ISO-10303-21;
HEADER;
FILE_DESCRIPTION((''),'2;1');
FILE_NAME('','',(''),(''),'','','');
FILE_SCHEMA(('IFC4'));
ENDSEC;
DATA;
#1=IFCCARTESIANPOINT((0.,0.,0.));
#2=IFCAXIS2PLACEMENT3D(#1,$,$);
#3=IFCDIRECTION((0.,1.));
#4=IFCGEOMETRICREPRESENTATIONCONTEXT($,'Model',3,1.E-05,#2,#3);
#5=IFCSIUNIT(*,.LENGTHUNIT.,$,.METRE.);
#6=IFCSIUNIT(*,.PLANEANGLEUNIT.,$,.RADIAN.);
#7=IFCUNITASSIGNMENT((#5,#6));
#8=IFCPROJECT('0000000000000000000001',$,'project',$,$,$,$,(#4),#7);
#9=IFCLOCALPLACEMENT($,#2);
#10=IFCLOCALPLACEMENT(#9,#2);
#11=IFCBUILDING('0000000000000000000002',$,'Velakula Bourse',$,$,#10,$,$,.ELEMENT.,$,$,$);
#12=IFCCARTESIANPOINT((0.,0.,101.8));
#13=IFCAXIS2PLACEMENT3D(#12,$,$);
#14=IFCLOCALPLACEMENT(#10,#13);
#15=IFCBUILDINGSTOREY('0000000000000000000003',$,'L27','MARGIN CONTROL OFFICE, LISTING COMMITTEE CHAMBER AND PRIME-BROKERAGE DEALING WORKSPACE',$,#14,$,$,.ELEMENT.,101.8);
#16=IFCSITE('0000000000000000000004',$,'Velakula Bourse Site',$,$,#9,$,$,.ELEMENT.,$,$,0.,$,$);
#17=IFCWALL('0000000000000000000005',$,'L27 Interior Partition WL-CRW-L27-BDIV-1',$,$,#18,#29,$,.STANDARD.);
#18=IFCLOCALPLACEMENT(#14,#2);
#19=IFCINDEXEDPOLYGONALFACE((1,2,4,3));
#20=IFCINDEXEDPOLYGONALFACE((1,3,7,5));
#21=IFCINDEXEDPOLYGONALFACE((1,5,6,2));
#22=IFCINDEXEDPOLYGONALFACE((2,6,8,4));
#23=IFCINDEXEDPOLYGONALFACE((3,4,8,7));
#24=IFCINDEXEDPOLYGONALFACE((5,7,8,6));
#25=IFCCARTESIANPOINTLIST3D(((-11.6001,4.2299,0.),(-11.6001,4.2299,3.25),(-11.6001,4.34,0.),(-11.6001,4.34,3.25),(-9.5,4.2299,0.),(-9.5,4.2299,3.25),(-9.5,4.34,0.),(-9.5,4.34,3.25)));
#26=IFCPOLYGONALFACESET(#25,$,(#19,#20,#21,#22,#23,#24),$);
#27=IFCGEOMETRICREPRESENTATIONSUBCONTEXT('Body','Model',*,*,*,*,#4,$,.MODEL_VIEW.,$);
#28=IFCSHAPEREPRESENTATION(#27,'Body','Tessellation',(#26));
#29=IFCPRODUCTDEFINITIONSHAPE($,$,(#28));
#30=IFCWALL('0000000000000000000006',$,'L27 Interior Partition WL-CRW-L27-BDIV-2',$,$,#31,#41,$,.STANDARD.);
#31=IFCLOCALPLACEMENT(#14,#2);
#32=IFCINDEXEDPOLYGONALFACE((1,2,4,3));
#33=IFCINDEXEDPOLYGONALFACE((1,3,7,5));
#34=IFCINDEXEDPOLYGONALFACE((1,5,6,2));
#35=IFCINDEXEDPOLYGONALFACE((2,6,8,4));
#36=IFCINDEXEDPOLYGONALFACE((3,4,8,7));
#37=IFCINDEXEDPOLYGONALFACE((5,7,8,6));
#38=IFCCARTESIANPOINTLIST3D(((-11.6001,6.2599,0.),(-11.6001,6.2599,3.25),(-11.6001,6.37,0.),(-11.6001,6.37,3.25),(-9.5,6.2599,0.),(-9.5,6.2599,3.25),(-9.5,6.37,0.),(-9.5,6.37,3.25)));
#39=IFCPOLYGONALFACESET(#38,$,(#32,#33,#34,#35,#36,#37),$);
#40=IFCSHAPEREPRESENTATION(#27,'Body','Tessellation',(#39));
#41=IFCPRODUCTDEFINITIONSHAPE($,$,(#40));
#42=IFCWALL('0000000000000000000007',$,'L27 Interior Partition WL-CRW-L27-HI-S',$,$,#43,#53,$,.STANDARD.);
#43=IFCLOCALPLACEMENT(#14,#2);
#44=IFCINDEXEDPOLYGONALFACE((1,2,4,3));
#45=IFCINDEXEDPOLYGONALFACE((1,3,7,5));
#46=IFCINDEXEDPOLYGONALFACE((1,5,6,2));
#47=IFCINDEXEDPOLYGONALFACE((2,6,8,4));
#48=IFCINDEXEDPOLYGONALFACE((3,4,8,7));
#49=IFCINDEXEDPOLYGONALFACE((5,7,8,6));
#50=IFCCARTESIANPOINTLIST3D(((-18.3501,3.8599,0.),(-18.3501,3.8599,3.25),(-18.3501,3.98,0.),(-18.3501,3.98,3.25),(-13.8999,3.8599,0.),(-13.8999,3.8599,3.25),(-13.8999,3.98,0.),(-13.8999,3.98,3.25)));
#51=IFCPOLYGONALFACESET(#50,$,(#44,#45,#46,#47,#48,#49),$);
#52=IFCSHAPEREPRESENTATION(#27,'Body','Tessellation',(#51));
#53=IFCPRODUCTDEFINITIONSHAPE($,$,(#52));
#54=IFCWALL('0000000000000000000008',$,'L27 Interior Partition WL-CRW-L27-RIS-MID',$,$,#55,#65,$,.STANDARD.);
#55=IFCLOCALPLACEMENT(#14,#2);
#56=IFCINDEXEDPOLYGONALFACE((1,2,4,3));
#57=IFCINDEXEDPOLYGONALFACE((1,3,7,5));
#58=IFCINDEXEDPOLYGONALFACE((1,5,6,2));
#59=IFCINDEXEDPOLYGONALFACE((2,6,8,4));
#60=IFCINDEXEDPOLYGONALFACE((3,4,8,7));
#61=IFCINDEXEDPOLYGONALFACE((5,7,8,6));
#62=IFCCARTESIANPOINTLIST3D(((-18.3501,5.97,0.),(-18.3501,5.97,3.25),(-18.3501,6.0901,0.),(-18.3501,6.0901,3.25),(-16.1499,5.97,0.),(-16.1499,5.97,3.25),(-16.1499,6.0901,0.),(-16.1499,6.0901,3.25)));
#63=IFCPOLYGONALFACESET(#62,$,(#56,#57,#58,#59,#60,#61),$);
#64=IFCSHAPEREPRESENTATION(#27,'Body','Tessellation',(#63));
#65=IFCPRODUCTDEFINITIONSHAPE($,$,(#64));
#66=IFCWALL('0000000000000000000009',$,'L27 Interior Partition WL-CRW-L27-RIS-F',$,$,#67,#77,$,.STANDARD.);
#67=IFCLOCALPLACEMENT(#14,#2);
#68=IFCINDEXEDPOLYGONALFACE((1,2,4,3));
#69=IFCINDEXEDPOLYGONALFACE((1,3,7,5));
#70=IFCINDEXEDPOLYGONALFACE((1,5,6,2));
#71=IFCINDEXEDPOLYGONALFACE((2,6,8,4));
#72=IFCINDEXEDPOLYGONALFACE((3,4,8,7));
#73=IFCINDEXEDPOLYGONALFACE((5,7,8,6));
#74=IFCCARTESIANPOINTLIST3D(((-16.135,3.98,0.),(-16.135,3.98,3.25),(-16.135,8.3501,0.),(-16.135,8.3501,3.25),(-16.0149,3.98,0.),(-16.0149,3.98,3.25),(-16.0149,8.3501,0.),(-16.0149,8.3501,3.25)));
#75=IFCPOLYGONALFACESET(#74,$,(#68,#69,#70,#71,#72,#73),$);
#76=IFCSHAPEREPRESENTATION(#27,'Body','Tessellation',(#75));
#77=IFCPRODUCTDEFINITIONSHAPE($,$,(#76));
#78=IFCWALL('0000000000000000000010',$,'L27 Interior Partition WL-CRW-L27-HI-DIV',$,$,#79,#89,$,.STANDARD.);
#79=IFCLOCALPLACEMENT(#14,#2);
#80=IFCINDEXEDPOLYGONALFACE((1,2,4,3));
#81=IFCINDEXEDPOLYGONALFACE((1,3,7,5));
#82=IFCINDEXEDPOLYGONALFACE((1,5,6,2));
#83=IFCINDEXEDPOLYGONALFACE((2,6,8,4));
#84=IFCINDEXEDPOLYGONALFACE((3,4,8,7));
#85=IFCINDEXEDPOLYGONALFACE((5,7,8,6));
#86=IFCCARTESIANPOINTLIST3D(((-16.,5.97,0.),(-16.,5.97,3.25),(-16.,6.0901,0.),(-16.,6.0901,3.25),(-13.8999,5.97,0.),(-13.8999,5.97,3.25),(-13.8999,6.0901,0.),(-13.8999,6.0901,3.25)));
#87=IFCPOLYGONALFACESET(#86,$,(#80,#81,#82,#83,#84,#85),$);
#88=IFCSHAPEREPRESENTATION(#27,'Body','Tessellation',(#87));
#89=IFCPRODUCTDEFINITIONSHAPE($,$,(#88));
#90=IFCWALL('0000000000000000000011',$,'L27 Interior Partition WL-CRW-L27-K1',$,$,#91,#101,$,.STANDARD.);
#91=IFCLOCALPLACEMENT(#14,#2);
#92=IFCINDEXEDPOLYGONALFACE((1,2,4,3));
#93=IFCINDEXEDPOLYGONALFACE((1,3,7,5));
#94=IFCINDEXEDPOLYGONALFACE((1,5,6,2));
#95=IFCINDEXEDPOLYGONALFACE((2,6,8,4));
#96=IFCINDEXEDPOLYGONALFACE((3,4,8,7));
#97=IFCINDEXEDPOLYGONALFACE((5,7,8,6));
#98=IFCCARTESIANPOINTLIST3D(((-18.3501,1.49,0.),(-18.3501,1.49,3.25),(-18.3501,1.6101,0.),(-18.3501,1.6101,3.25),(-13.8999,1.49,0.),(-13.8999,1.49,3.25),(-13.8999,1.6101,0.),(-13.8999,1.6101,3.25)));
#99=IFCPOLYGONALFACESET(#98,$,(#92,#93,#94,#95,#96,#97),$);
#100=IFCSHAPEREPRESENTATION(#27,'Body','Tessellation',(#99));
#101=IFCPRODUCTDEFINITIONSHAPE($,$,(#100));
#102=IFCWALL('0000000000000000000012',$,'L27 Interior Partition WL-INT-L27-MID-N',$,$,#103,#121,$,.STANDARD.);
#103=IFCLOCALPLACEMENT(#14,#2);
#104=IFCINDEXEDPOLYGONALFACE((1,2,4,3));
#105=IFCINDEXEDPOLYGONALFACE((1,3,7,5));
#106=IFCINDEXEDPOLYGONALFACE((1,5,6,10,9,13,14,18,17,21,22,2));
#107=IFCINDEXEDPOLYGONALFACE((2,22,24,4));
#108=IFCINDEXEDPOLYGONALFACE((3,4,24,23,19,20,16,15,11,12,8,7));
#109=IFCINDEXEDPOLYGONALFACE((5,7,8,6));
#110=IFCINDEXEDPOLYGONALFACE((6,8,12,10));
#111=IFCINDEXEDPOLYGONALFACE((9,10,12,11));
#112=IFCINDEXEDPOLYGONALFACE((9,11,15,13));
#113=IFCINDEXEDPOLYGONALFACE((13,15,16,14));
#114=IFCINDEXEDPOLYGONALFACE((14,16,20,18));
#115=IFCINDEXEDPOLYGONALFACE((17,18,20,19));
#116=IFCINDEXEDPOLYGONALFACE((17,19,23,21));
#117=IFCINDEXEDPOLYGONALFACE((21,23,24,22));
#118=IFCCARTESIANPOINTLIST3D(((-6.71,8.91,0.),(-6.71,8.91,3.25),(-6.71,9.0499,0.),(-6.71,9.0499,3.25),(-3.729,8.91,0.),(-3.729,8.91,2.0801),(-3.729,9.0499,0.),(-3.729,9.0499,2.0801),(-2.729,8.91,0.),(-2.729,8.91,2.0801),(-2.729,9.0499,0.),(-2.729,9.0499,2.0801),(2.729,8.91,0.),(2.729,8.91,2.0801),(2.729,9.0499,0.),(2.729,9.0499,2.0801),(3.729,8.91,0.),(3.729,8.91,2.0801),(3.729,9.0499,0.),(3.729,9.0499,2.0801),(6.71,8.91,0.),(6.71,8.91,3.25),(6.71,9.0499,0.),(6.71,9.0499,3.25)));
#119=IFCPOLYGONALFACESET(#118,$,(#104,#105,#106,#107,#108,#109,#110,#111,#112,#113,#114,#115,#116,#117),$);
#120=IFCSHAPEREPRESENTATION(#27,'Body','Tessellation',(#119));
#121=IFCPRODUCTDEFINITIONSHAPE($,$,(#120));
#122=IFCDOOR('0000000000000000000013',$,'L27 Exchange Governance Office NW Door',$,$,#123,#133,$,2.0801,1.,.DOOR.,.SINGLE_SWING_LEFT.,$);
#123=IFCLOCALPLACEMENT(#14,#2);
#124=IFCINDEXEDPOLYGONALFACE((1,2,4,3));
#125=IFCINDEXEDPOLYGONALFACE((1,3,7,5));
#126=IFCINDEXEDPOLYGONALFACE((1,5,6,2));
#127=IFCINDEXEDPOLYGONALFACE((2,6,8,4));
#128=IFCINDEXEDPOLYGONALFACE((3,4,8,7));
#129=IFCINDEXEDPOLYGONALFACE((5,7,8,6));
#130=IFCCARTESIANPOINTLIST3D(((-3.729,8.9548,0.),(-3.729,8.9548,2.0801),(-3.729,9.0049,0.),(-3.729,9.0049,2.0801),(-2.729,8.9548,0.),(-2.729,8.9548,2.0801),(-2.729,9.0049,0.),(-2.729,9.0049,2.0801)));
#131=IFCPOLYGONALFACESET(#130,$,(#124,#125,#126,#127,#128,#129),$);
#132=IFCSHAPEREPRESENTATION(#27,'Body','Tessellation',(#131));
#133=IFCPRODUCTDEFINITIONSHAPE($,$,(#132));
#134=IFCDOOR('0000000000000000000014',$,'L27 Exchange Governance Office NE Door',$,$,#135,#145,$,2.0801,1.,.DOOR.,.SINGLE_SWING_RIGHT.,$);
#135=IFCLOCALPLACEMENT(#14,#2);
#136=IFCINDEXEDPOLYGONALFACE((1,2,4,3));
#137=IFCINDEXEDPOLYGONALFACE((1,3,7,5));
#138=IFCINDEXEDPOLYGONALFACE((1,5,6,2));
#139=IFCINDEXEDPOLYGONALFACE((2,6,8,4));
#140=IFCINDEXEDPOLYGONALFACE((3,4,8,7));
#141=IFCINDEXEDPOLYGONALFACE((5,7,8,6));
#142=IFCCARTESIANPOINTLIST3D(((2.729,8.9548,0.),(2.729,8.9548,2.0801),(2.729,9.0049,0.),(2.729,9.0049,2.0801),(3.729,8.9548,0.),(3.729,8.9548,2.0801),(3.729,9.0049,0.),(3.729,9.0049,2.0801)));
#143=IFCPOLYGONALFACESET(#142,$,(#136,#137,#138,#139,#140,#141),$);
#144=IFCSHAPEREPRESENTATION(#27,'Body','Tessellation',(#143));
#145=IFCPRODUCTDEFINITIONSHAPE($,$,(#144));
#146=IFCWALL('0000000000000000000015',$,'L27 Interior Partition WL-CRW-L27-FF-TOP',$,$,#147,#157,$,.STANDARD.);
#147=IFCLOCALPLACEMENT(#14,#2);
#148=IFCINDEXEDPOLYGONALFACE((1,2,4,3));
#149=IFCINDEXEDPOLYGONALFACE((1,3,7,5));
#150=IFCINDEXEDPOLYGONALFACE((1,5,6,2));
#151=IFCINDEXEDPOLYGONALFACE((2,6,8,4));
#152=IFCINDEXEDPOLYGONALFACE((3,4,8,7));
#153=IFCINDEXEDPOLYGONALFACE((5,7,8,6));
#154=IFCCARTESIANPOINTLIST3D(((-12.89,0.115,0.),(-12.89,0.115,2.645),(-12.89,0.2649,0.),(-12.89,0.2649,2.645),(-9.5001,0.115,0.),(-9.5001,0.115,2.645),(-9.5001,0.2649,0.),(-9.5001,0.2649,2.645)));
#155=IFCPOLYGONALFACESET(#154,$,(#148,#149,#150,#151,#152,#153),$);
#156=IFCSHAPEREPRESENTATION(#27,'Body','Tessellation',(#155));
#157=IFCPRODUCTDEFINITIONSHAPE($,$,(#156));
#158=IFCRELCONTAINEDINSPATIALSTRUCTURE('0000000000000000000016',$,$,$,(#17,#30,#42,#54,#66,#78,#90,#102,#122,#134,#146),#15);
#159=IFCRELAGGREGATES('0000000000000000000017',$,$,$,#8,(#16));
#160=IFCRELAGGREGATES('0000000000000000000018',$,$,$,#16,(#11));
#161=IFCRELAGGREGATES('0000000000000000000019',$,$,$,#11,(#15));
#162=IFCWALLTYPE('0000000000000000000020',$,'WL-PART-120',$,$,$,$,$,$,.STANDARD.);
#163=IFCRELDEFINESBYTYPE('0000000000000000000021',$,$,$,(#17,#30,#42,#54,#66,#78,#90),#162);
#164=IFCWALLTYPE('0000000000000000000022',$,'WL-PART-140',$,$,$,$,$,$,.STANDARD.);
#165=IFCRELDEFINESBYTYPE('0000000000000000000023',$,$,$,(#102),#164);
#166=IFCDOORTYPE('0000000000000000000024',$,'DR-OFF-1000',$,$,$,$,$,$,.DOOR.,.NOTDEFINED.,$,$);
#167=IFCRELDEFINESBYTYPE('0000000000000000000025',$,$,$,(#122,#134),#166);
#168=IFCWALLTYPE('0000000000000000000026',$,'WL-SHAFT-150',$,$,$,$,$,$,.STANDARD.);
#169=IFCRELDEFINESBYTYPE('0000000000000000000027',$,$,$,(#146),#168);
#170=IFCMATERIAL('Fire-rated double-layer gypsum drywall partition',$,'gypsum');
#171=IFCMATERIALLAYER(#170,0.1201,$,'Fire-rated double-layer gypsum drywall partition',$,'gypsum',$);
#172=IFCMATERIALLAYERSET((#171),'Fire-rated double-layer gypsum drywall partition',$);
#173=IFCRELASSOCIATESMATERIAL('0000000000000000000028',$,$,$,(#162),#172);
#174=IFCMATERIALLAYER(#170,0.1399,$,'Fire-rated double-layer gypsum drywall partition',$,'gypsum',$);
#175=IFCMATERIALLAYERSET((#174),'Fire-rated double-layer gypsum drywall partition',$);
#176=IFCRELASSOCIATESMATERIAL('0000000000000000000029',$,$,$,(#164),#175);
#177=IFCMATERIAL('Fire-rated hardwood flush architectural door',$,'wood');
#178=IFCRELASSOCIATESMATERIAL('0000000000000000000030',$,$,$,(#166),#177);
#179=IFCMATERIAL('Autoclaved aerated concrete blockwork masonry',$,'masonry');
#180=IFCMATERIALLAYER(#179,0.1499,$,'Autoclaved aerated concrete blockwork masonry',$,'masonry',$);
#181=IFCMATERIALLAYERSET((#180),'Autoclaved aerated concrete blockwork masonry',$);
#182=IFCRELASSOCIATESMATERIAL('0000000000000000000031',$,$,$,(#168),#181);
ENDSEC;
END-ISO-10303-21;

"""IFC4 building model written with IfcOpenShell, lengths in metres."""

from ifc_helpers import new_model, si_unit, direction, frame, frame_2d, origin, place, context, subcontext, project, spatial, rectangle, extrude, material, layer, layer_set, type_object, element, fill, save


model = new_model("IFC4")

# Units and contexts
model_context = context("Model", 3, precision=1e-05, world=origin(), true_north=direction((0.0, 1.0)))
body_context = subcontext(model_context, "Body", "Model", "MODEL_VIEW")
ifc_project = project(units=[si_unit("LENGTHUNIT", "METRE"), si_unit("PLANEANGLEUNIT", "RADIAN")], contexts=[model_context])

# Site, building, storey
site_placement = place(None, origin())
site = spatial("IfcSite", under=ifc_project, at=site_placement, Name="Velakula Bourse Site", CompositionType="ELEMENT", RefElevation=0.0)
building_placement = place(site_placement, origin())
building = spatial("IfcBuilding", under=site, at=building_placement, Name="Velakula Bourse", CompositionType="ELEMENT")
storey_placement = place(building_placement, frame((0.0, 0.0, 101.8)))
storey = spatial("IfcBuildingStorey", under=building, at=storey_placement, Name="L27", Description="MARGIN CONTROL OFFICE, LISTING COMMITTEE CHAMBER AND PRIME-BROKERAGE DEALING WORKSPACE", CompositionType="ELEMENT", Elevation=101.8)

# Walls
ifc_material_1 = material(Name="Fire-rated double-layer gypsum drywall partition", Category="gypsum")
ifc_layer_1 = layer(ifc_material_1, 0.1201, Name="Fire-rated double-layer gypsum drywall partition", Category="gypsum")
ifc_layer_set_1 = layer_set([ifc_layer_1], Name="Fire-rated double-layer gypsum drywall partition")
wall_type_1 = type_object("IfcWallType", Name="WL-PART-120", PredefinedType="STANDARD", material=ifc_layer_set_1)
for number, where, z_axis, x_axis, name in (
    (1, (-11.6001, 4.2849, 0.0), (0.0, 0.0, 1.0), (1.0, 0.0, 0.0), "L27 Interior Partition WL-CRW-L27-BDIV-1"),
    (2, (-11.6001, 6.3149, 0.0), (0.0, 0.0, 1.0), (1.0, 0.0, 0.0), "L27 Interior Partition WL-CRW-L27-BDIV-2"),
):
    element("IfcWall", number, at=place(storey_placement, frame(where, z_axis=z_axis, x_axis=x_axis)), inside=storey, type_object=wall_type_1, Name=name, PredefinedType="STANDARD", context=body_context, shape_type="SweptSolid", body=[
        extrude(rectangle(XDim=2.1001, YDim=0.1101, at=frame_2d((1.05, 0.0))), origin(), (0.0, 0.0, 1.0), 3.25),
    ])
wall_1_placement = place(storey_placement, frame((-18.3501, 3.9199, 0.0), z_axis=(0.0, 0.0, 1.0), x_axis=(1.0, 0.0, 0.0)))
element("IfcWall", 3, at=wall_1_placement, inside=storey, type_object=wall_type_1, Name="L27 Interior Partition WL-CRW-L27-HI-S", PredefinedType="STANDARD", context=body_context, shape_type="SweptSolid", body=[
    extrude(rectangle(XDim=4.4502, YDim=0.1201, at=frame_2d((2.2251, 0.0))), origin(), (0.0, 0.0, 1.0), 3.25),
])
wall_2_placement = place(storey_placement, frame((-18.3501, 6.03, 0.0), z_axis=(0.0, 0.0, 1.0), x_axis=(1.0, 0.0, 0.0)))
element("IfcWall", 4, at=wall_2_placement, inside=storey, type_object=wall_type_1, Name="L27 Interior Partition WL-CRW-L27-RIS-MID", PredefinedType="STANDARD", context=body_context, shape_type="SweptSolid", body=[
    extrude(rectangle(XDim=2.2002, YDim=0.1201, at=frame_2d((1.1001, 0.0))), origin(), (0.0, 0.0, 1.0), 3.25),
])
wall_3_placement = place(storey_placement, frame((-16.075, 3.98, 0.0), z_axis=(0.0, 0.0, 1.0), x_axis=(0.0, 1.0, 0.0)))
element("IfcWall", 5, at=wall_3_placement, inside=storey, type_object=wall_type_1, Name="L27 Interior Partition WL-CRW-L27-RIS-F", PredefinedType="STANDARD", context=body_context, shape_type="SweptSolid", body=[
    extrude(rectangle(XDim=4.3701, YDim=0.1201, at=frame_2d((2.1851, 0.0))), origin(), (0.0, 0.0, 1.0), 3.25),
])
wall_4_placement = place(storey_placement, frame((-16.0, 6.03, 0.0), z_axis=(0.0, 0.0, 1.0), x_axis=(1.0, 0.0, 0.0)))
element("IfcWall", 6, at=wall_4_placement, inside=storey, type_object=wall_type_1, Name="L27 Interior Partition WL-CRW-L27-HI-DIV", PredefinedType="STANDARD", context=body_context, shape_type="SweptSolid", body=[
    extrude(rectangle(XDim=2.1001, YDim=0.1201, at=frame_2d((1.05, 0.0))), origin(), (0.0, 0.0, 1.0), 3.25),
])
wall_5_placement = place(storey_placement, frame((-18.3501, 1.55, 0.0), z_axis=(0.0, 0.0, 1.0), x_axis=(1.0, 0.0, 0.0)))
element("IfcWall", 7, at=wall_5_placement, inside=storey, type_object=wall_type_1, Name="L27 Interior Partition WL-CRW-L27-K1", PredefinedType="STANDARD", context=body_context, shape_type="SweptSolid", body=[
    extrude(rectangle(XDim=4.4502, YDim=0.1201, at=frame_2d((2.2251, 0.0))), origin(), (0.0, 0.0, 1.0), 3.25),
])

# Wall, openings, doors
ifc_layer_2 = layer(ifc_material_1, 0.1399, Name="Fire-rated double-layer gypsum drywall partition", Category="gypsum")
ifc_layer_set_2 = layer_set([ifc_layer_2], Name="Fire-rated double-layer gypsum drywall partition")
wall_type_2 = type_object("IfcWallType", Name="WL-PART-140", PredefinedType="STANDARD", material=ifc_layer_set_2)
wall_6_placement = place(storey_placement, frame((-6.71, 8.98, 0.0), z_axis=(0.0, 0.0, 1.0), x_axis=(1.0, 0.0, 0.0)))
wall_6 = element("IfcWall", 8, at=wall_6_placement, inside=storey, type_object=wall_type_2, Name="L27 Interior Partition WL-INT-L27-MID-N", PredefinedType="STANDARD", context=body_context, shape_type="SweptSolid", body=[
    extrude(rectangle(XDim=13.4199, YDim=0.1399, at=frame_2d((6.71, 0.0))), origin(), (0.0, 0.0, 1.0), 3.25),
])
opening_1_placement = place(wall_6_placement, frame((2.981, 0.0, 0.0)))
opening_1 = element("IfcOpeningElement", 9, at=opening_1_placement, cuts=wall_6, PredefinedType="OPENING", context=body_context, shape_type="SweptSolid", body=[
    extrude(rectangle(XDim=1.0, YDim=2.0801, at=frame_2d((0.5, 1.04))), frame((0.0, 0.0798, 0.0), z_axis=(0.0, -1.0, 0.0), x_axis=(1.0, 0.0, 0.0)), (0.0, 0.0, 1.0), 0.1599),
])
opening_2_placement = place(wall_6_placement, frame((9.439, 0.0, 0.0)))
opening_2 = element("IfcOpeningElement", 10, at=opening_2_placement, cuts=wall_6, PredefinedType="OPENING", context=body_context, shape_type="SweptSolid", body=[
    extrude(rectangle(XDim=1.0, YDim=2.0801, at=frame_2d((0.5, 1.04))), frame((0.0, 0.0798, 0.0), z_axis=(0.0, -1.0, 0.0), x_axis=(1.0, 0.0, 0.0)), (0.0, 0.0, 1.0), 0.1599),
])
ifc_material_2 = material(Name="Fire-rated hardwood flush architectural door", Category="wood")
door_type_1 = type_object("IfcDoorType", Name="DR-OFF-1000", OperationType="NOTDEFINED", PredefinedType="DOOR", material=ifc_material_2)
door_1_placement = place(opening_1_placement, origin())
door_1 = element("IfcDoor", 11, at=door_1_placement, inside=storey, type_object=door_type_1, Name="L27 Exchange Governance Office NW Door", OperationType="SINGLE_SWING_LEFT", OverallHeight=2.0801, OverallWidth=1.0, PredefinedType="DOOR", context=body_context, shape_type="SweptSolid", body=[
    extrude(rectangle(XDim=1.0, YDim=2.0801, at=frame_2d((0.5, 1.04))), frame((0.0, 0.0249, 0.0), z_axis=(0.0, -1.0, 0.0), x_axis=(1.0, 0.0, 0.0)), (0.0, 0.0, 1.0), 0.05),
])
fill(opening_1, door_1)
door_2_placement = place(opening_2_placement, origin())
door_2 = element("IfcDoor", 12, at=door_2_placement, inside=storey, type_object=door_type_1, Name="L27 Exchange Governance Office NE Door", OperationType="SINGLE_SWING_RIGHT", OverallHeight=2.0801, OverallWidth=1.0, PredefinedType="DOOR", context=body_context, shape_type="SweptSolid", body=[
    extrude(rectangle(XDim=1.0, YDim=2.0801, at=frame_2d((0.5, 1.04))), frame((0.0, 0.0249, 0.0), z_axis=(0.0, -1.0, 0.0), x_axis=(1.0, 0.0, 0.0)), (0.0, 0.0, 1.0), 0.05),
])
fill(opening_2, door_2)

# Wall
ifc_material_3 = material(Name="Autoclaved aerated concrete blockwork masonry", Category="masonry")
ifc_layer_3 = layer(ifc_material_3, 0.1499, Name="Autoclaved aerated concrete blockwork masonry", Category="masonry")
ifc_layer_set_3 = layer_set([ifc_layer_3], Name="Autoclaved aerated concrete blockwork masonry")
wall_type_3 = type_object("IfcWallType", Name="WL-SHAFT-150", PredefinedType="STANDARD", material=ifc_layer_set_3)
wall_7_placement = place(storey_placement, frame((-12.8899, 0.1899, 0.0), z_axis=(0.0, 0.0, 1.0), x_axis=(1.0, 0.0, 0.0)))
element("IfcWall", 13, at=wall_7_placement, inside=storey, type_object=wall_type_3, Name="L27 Interior Partition WL-CRW-L27-FF-TOP", PredefinedType="STANDARD", context=body_context, shape_type="SweptSolid", body=[
    extrude(rectangle(XDim=3.3899, YDim=0.1499, at=frame_2d((1.6948, 0.0))), origin(), (0.0, 0.0, 1.0), 2.645),
])

save(model, "model.ifc")
